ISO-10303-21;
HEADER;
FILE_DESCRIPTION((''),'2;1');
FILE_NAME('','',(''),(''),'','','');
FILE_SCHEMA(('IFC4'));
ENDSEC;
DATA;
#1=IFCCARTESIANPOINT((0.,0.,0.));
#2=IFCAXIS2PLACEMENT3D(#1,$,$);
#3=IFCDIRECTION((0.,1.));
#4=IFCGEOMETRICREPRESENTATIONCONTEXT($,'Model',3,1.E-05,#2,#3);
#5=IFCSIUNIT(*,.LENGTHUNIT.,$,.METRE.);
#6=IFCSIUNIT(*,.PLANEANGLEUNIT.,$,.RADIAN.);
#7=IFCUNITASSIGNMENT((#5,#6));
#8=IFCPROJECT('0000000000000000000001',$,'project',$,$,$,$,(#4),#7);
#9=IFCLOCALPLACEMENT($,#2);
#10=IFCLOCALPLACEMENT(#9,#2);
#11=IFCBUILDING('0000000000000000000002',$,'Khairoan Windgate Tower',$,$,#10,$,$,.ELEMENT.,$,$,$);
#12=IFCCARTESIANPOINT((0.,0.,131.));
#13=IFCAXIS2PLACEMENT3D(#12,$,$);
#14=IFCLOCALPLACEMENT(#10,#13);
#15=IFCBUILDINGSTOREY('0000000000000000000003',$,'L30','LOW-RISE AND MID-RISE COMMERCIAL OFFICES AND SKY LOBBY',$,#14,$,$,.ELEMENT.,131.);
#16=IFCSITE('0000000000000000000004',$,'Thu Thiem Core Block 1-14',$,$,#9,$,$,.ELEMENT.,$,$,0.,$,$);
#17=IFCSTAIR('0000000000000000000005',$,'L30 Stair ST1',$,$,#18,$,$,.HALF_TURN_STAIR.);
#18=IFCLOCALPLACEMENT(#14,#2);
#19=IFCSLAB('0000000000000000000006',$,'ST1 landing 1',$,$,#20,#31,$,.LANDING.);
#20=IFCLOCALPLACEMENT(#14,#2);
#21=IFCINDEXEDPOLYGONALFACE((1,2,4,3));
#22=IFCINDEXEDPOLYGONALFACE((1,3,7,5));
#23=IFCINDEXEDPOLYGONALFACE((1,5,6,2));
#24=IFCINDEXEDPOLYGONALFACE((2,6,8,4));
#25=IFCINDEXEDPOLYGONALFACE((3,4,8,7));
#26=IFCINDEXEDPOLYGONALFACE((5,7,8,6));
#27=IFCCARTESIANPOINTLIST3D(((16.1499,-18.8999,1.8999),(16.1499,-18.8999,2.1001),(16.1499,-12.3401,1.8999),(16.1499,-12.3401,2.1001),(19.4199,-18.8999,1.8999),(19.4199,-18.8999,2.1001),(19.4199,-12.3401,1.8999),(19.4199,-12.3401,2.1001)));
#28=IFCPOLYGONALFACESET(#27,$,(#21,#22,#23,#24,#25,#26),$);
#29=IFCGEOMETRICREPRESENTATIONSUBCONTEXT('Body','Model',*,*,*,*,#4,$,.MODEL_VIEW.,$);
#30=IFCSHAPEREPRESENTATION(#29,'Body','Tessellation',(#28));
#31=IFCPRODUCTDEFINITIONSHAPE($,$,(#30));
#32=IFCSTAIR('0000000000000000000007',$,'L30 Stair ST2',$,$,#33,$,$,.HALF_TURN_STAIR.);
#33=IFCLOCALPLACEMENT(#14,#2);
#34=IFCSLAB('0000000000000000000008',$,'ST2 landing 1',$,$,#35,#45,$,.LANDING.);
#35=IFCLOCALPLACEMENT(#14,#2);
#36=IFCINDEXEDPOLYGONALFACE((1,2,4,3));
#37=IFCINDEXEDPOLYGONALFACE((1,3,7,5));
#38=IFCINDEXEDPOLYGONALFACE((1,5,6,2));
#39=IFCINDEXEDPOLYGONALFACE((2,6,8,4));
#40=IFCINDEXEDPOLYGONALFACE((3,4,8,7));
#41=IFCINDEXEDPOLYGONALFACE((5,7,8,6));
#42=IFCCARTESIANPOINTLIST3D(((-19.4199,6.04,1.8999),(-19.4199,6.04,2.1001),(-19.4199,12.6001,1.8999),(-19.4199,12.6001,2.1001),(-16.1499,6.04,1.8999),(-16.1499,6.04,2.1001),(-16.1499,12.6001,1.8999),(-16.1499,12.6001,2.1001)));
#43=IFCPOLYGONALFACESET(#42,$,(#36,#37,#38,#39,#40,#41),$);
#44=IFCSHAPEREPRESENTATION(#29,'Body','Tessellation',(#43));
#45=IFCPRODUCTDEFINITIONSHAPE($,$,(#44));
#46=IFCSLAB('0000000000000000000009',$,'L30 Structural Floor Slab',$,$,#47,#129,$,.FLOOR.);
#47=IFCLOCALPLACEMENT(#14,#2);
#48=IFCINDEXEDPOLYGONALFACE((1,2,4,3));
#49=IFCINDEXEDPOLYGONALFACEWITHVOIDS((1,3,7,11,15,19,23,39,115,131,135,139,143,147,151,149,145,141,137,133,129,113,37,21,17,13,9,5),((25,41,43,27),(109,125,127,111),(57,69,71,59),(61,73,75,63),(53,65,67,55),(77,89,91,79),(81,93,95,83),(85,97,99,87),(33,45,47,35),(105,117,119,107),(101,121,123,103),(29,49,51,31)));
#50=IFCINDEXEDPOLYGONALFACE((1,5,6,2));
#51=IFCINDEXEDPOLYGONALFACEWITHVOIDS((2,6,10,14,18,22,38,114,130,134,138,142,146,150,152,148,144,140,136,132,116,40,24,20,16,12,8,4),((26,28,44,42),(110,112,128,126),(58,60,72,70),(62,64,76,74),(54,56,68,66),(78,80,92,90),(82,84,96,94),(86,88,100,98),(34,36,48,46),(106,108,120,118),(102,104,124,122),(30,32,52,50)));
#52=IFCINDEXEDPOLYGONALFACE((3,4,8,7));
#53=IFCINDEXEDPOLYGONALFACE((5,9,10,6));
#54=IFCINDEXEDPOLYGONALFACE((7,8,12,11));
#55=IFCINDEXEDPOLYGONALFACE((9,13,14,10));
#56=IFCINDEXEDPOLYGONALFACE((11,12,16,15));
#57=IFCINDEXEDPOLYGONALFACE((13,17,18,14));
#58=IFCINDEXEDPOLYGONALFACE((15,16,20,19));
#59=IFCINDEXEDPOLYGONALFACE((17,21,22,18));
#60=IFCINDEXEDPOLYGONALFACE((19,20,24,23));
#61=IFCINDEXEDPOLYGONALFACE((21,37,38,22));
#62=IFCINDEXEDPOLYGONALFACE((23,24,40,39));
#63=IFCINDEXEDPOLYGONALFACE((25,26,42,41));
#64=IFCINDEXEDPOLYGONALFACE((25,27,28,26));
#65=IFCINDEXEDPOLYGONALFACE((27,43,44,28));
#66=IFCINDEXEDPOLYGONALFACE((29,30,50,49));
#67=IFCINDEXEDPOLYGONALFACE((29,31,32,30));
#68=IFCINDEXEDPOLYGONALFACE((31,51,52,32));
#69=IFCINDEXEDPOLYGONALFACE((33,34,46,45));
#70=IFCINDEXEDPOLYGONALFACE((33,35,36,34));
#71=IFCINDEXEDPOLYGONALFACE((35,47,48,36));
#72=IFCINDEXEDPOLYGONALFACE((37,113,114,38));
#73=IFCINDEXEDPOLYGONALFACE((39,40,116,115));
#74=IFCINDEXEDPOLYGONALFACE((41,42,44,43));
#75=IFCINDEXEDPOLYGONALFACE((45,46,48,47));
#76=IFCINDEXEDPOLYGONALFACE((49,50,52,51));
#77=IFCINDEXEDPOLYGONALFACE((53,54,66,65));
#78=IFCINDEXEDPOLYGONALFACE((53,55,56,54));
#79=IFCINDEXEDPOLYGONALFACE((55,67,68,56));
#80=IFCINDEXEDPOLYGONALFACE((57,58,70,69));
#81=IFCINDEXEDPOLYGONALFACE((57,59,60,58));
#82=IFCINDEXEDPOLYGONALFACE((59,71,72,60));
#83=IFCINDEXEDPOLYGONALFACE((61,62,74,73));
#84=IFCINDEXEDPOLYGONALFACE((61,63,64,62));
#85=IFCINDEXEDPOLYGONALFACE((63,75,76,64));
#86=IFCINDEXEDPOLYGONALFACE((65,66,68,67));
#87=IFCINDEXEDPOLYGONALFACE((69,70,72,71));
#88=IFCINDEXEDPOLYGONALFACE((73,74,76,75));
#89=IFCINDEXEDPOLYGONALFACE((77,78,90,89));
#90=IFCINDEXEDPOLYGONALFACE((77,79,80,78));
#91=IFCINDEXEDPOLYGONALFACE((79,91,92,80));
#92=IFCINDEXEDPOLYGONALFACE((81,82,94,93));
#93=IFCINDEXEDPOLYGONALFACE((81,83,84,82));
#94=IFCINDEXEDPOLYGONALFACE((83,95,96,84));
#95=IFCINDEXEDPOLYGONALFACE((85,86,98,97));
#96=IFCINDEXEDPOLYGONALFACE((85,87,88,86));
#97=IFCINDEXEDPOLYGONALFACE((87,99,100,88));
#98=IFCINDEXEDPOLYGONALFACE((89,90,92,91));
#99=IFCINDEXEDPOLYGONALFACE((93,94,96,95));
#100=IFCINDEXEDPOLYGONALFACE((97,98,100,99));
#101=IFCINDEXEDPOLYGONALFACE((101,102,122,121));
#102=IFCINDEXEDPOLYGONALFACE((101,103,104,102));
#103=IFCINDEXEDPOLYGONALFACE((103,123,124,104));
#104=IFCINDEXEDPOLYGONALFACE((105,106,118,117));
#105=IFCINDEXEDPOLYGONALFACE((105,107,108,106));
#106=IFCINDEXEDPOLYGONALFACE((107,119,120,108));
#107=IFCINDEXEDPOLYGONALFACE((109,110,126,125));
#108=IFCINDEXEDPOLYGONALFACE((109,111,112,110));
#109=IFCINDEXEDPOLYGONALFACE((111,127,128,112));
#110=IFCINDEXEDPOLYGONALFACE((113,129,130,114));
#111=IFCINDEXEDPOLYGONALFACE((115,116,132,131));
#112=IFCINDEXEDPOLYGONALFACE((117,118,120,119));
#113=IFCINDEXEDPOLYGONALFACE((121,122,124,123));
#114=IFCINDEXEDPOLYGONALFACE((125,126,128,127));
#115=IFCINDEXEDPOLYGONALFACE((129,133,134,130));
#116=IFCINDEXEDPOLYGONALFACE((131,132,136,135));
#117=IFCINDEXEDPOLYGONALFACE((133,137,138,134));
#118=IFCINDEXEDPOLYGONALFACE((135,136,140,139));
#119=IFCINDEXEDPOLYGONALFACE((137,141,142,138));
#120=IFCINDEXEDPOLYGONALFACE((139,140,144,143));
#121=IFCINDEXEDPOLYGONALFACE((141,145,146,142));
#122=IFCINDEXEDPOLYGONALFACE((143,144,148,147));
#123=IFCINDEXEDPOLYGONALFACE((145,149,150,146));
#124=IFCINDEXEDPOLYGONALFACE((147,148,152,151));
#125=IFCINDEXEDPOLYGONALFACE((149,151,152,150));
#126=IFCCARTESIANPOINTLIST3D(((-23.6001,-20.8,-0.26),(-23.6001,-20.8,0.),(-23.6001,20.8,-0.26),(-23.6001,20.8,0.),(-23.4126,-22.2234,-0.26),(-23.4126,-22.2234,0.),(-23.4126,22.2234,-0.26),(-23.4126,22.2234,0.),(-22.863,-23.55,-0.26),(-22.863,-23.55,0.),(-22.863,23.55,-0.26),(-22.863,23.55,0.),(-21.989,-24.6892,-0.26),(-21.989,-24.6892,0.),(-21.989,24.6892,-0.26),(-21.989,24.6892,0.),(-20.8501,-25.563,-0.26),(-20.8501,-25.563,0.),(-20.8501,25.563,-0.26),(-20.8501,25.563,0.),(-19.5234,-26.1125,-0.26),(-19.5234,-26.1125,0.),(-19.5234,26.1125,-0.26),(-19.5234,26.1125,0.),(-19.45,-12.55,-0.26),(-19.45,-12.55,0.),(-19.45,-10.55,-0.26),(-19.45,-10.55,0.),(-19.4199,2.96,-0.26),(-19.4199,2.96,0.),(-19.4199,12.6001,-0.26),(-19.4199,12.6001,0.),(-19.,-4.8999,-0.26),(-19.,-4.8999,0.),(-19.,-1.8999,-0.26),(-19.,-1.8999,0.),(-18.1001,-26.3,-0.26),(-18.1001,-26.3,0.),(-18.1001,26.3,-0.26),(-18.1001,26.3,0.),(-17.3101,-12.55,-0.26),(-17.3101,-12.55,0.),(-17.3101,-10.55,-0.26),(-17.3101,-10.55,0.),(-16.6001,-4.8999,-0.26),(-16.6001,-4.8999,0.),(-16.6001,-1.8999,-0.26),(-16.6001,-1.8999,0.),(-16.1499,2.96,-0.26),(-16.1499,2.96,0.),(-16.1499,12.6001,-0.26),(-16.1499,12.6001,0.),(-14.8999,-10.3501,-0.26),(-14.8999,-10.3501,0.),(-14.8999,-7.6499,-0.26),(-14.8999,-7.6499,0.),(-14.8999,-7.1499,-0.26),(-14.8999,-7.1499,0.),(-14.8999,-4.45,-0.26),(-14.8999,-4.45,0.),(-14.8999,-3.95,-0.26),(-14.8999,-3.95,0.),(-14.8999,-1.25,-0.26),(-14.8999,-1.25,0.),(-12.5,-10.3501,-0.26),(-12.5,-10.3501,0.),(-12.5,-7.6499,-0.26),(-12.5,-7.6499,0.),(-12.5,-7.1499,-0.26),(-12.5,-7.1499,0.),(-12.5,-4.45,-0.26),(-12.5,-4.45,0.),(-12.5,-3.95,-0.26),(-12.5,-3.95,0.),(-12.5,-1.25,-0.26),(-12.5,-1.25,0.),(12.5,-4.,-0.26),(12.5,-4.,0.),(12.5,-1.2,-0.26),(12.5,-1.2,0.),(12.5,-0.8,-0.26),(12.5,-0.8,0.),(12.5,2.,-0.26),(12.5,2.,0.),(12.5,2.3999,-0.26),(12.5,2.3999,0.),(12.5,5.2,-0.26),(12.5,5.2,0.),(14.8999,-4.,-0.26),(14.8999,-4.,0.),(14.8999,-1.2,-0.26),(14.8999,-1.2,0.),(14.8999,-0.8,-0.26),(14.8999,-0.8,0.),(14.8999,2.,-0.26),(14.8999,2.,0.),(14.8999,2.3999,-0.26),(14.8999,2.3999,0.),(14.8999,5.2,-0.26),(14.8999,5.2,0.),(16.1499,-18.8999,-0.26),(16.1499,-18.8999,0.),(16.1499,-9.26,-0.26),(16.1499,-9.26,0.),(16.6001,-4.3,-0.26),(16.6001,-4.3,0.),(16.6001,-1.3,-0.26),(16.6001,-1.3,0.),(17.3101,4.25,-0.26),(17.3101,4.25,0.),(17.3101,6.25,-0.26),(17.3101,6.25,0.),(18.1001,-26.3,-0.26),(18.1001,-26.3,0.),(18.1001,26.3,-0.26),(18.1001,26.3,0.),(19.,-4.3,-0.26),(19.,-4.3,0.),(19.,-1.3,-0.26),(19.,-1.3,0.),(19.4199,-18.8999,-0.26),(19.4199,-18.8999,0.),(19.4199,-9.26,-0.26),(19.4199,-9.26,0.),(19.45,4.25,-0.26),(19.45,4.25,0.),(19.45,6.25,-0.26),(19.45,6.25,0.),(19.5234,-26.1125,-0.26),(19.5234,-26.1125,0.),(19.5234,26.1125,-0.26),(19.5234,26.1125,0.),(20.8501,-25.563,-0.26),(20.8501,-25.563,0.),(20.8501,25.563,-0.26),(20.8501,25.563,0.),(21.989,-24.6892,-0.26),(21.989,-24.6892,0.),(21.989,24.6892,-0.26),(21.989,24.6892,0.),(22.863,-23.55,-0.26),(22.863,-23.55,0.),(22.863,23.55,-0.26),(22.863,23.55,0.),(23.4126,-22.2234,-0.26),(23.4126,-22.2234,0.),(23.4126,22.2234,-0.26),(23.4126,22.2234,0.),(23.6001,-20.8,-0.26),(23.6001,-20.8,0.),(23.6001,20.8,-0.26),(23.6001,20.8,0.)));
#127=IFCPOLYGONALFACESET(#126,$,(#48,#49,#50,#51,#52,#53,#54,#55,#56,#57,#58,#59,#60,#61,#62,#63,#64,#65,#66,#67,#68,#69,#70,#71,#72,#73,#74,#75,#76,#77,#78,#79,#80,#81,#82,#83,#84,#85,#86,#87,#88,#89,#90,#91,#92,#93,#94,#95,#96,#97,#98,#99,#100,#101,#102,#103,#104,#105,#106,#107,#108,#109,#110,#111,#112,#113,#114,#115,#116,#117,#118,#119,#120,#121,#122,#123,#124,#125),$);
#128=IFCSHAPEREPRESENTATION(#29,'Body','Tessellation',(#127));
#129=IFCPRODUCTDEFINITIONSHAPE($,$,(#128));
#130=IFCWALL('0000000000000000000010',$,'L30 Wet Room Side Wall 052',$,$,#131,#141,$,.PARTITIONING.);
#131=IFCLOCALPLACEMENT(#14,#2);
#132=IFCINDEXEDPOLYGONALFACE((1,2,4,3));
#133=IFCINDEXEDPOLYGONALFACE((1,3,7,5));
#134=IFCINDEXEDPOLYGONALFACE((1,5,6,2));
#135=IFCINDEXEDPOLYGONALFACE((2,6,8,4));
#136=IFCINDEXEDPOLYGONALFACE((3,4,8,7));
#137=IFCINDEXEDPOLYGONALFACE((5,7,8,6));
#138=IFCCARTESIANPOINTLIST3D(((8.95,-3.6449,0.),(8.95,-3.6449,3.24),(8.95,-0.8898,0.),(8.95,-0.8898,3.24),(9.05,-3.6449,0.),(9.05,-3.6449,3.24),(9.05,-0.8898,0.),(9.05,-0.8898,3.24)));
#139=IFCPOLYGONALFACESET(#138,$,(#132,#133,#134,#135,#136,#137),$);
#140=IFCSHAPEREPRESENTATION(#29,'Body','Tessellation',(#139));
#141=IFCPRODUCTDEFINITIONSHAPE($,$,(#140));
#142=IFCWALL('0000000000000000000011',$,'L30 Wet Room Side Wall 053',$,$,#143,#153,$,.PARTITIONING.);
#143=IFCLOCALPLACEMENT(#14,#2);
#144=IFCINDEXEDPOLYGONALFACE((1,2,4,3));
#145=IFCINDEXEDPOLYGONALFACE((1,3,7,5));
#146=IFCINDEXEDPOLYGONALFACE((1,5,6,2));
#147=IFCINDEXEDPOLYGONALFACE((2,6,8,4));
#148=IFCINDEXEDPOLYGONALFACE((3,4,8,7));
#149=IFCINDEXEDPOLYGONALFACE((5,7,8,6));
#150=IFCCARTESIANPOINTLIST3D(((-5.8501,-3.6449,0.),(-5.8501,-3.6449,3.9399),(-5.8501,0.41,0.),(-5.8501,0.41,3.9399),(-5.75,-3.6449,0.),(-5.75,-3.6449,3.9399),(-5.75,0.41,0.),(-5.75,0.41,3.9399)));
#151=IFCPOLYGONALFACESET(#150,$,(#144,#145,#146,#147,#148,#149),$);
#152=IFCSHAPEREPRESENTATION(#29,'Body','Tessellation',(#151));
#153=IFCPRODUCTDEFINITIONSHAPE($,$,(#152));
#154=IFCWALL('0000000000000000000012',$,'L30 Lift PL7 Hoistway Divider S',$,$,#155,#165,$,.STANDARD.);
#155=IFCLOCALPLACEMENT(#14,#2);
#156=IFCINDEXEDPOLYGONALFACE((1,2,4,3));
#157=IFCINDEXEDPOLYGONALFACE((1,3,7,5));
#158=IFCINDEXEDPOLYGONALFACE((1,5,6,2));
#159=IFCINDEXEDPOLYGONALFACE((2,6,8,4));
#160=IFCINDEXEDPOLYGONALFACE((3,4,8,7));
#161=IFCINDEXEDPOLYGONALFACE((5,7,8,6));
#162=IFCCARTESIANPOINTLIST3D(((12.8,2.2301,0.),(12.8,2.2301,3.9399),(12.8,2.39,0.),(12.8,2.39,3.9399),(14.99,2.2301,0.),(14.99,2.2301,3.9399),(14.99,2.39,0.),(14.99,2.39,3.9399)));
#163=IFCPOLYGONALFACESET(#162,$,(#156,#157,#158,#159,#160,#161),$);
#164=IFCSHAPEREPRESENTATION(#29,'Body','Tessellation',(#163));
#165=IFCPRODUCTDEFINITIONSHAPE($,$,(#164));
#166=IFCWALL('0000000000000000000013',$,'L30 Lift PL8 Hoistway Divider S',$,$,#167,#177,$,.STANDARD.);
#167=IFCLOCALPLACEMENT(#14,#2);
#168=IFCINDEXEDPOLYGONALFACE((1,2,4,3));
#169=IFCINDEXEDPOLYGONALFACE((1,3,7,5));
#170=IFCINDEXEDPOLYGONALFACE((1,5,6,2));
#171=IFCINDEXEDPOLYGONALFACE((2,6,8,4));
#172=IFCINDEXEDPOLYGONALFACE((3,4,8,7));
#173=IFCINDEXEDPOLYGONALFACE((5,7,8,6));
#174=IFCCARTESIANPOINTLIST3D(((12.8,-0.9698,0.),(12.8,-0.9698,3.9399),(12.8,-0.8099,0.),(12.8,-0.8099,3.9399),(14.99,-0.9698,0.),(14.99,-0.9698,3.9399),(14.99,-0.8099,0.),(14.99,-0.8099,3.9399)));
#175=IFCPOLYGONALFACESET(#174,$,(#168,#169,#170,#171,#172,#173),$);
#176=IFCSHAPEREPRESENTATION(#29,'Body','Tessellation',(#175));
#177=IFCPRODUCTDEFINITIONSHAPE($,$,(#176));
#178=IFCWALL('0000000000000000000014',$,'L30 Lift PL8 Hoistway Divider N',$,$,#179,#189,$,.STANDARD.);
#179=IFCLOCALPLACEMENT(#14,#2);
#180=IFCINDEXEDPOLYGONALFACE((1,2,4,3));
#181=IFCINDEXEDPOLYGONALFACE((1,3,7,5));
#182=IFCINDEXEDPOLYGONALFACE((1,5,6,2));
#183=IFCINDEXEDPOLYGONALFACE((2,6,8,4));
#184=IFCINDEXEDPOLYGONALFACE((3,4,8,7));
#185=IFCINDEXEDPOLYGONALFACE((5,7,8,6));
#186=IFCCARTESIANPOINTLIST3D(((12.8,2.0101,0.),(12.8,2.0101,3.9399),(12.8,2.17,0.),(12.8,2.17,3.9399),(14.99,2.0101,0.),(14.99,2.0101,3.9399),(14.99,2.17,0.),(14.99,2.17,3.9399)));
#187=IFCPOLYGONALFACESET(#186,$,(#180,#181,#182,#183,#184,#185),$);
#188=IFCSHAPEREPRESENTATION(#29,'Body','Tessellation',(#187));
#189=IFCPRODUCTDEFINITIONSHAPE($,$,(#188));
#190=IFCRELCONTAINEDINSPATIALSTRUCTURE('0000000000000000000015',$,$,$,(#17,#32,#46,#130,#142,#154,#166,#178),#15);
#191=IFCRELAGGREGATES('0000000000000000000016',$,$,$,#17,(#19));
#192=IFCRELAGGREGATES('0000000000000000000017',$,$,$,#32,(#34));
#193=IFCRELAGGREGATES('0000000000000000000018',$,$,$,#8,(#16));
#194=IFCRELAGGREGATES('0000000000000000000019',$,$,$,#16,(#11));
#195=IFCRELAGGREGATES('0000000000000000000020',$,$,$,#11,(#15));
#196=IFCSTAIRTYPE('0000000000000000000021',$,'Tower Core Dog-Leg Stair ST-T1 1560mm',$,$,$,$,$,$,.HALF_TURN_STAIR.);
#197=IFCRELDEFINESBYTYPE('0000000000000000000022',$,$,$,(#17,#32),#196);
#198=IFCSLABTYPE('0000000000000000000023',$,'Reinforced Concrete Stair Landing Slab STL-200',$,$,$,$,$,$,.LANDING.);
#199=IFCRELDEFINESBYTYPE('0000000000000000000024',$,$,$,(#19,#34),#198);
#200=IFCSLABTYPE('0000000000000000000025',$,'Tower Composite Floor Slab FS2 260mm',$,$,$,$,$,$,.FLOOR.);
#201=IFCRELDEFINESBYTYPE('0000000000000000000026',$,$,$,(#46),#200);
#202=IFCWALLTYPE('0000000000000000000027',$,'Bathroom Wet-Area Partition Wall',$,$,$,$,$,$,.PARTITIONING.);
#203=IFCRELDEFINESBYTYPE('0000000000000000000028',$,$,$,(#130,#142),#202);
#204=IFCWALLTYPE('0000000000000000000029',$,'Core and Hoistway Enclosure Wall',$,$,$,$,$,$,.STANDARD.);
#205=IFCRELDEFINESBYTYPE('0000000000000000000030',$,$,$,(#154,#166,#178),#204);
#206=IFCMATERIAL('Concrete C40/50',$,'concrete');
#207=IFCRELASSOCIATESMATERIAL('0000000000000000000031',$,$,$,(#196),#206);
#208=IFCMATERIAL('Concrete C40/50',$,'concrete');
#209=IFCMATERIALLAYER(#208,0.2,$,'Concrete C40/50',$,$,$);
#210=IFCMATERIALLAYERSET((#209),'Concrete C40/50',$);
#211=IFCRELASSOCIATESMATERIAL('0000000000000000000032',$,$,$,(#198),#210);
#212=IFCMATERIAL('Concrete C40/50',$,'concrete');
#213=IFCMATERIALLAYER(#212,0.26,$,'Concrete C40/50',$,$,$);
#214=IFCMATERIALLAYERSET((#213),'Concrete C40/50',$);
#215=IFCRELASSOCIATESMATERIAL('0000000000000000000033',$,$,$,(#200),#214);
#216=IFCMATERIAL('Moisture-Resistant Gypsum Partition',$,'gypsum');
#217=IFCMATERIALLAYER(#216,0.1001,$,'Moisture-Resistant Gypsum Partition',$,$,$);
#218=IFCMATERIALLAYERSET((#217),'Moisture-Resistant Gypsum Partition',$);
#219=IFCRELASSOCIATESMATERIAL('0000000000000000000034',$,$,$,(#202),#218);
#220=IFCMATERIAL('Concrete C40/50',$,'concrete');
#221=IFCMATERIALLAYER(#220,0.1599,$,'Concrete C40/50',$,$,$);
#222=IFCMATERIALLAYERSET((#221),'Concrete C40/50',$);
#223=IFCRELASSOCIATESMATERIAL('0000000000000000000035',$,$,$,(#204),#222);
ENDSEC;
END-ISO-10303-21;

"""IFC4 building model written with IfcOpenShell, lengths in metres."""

from ifc_helpers import new_model, si_unit, direction, frame, frame_2d, origin, place, context, subcontext, project, spatial, polyline, rectangle, outline, extrude, material, layer, layer_set, type_object, element, aggregate, save


model = new_model("IFC4")

# Units and contexts
model_context = context("Model", 3, precision=1e-05, world=origin(), true_north=direction((0.0, 1.0)))
body_context = subcontext(model_context, "Body", "Model", "MODEL_VIEW")
ifc_project = project(units=[si_unit("LENGTHUNIT", "METRE"), si_unit("PLANEANGLEUNIT", "RADIAN")], contexts=[model_context])

# Site, building, storey
site_placement = place(None, origin())
site = spatial("IfcSite", under=ifc_project, at=site_placement, Name="Thu Thiem Core Block 1-14", CompositionType="ELEMENT", RefElevation=0.0)
building_placement = place(site_placement, origin())
building = spatial("IfcBuilding", under=site, at=building_placement, Name="Khairoan Windgate Tower", CompositionType="ELEMENT")
storey_placement = place(building_placement, frame((0.0, 0.0, 131.0)))
storey = spatial("IfcBuildingStorey", under=building, at=storey_placement, Name="L30", Description="LOW-RISE AND MID-RISE COMMERCIAL OFFICES AND SKY LOBBY", CompositionType="ELEMENT", Elevation=131.0)

# Stairs, slabs
ifc_material_1 = material(Name="Concrete C40/50", Category="concrete")
stair_type = type_object("IfcStairType", Name="Tower Core Dog-Leg Stair ST-T1 1560mm", PredefinedType="HALF_TURN_STAIR", material=ifc_material_1)
stair_1_placement = place(storey_placement, origin())
stair_1 = element("IfcStair", 1, at=stair_1_placement, inside=storey, type_object=stair_type, Name="L30 Stair ST1", PredefinedType="HALF_TURN_STAIR")
ifc_material_2 = material(Name="Concrete C40/50", Category="concrete")
ifc_layer_1 = layer(ifc_material_2, 0.2, Name="Concrete C40/50")
ifc_layer_set_1 = layer_set([ifc_layer_1], Name="Concrete C40/50")
slab_type_1 = type_object("IfcSlabType", Name="Reinforced Concrete Stair Landing Slab STL-200", PredefinedType="LANDING", material=ifc_layer_set_1)
slab_1_placement = place(storey_placement, frame((0.0, 0.0, 1.8999)))
slab_1 = element("IfcSlab", 2, at=slab_1_placement, type_object=slab_type_1, Name="ST1 landing 1", PredefinedType="LANDING", context=body_context, shape_type="SweptSolid", body=[
    extrude(outline(polyline([(16.1499, -12.3401), (16.1499, -18.8999), (19.4199, -18.8999), (19.4199, -12.3401), (16.1499, -12.3401)])), origin(), (0.0, 0.0, 1.0), 0.2002),
])
aggregate(stair_1, [slab_1])
stair_2_placement = place(storey_placement, origin())
stair_2 = element("IfcStair", 3, at=stair_2_placement, inside=storey, type_object=stair_type, Name="L30 Stair ST2", PredefinedType="HALF_TURN_STAIR")
slab_2_placement = place(storey_placement, frame((0.0, 0.0, 1.8999)))
slab_2 = element("IfcSlab", 4, at=slab_2_placement, type_object=slab_type_1, Name="ST2 landing 1", PredefinedType="LANDING", context=body_context, shape_type="SweptSolid", body=[
    extrude(outline(polyline([(-16.1499, 6.04), (-16.1499, 12.6001), (-19.4199, 12.6001), (-19.4199, 6.04), (-16.1499, 6.04)])), origin(), (0.0, 0.0, 1.0), 0.2002),
])
aggregate(stair_2, [slab_2])

# Slab
ifc_material_3 = material(Name="Concrete C40/50", Category="concrete")
ifc_layer_2 = layer(ifc_material_3, 0.26, Name="Concrete C40/50")
ifc_layer_set_2 = layer_set([ifc_layer_2], Name="Concrete C40/50")
slab_type_2 = type_object("IfcSlabType", Name="Tower Composite Floor Slab FS2 260mm", PredefinedType="FLOOR", material=ifc_layer_set_2)
slab_3_placement = place(storey_placement, frame((0.0, 0.0, -0.26)))
element("IfcSlab", 5, at=slab_3_placement, inside=storey, type_object=slab_type_2, Name="L30 Structural Floor Slab", PredefinedType="FLOOR", context=body_context, shape_type="SweptSolid", body=[
    extrude(outline(polyline([(18.1001, -26.3), (19.5234, -26.1125), (20.8501, -25.563), (21.989, -24.6892), (22.863, -23.55), (23.4126, -22.2234), (23.6001, -20.8), (23.6001, 20.8), (23.4126, 22.2234), (22.863, 23.55), (21.989, 24.6892), (20.8501, 25.563), (19.5234, 26.1125), (18.1001, 26.3), (-18.1001, 26.3), (-19.5234, 26.1125), (-20.8501, 25.563), (-21.989, 24.6892), (-22.863, 23.55), (-23.4126, 22.2234), (-23.6001, 20.8), (-23.6001, -20.8), (-23.4126, -22.2234), (-22.863, -23.55), (-21.989, -24.6892), (-20.8501, -25.563), (-19.5234, -26.1125), (-18.1001, -26.3), (18.1001, -26.3)]), holes=[polyline([(16.1499, -9.26), (16.1499, -18.8999), (19.4199, -18.8999), (19.4199, -9.26), (16.1499, -9.26)]), polyline([(-16.1499, 2.96), (-16.1499, 12.6001), (-19.4199, 12.6001), (-19.4199, 2.96), (-16.1499, 2.96)]), polyline([(-14.8999, -3.95), (-12.5, -3.95), (-12.5, -1.25), (-14.8999, -1.25), (-14.8999, -3.95)]), polyline([(-14.8999, -7.1499), (-12.5, -7.1499), (-12.5, -4.45), (-14.8999, -4.45), (-14.8999, -7.1499)]), polyline([(-14.8999, -10.3501), (-12.5, -10.3501), (-12.5, -7.6499), (-14.8999, -7.6499), (-14.8999, -10.3501)]), polyline([(12.5, 2.3999), (14.8999, 2.3999), (14.8999, 5.2), (12.5, 5.2), (12.5, 2.3999)]), polyline([(12.5, -0.8), (14.8999, -0.8), (14.8999, 2.0), (12.5, 2.0), (12.5, -0.8)]), polyline([(12.5, -4.0), (14.8999, -4.0), (14.8999, -1.2), (12.5, -1.2), (12.5, -4.0)]), polyline([(16.6001, -4.3), (19.0, -4.3), (19.0, -1.3), (16.6001, -1.3), (16.6001, -4.3)]), polyline([(-19.0, -4.8999), (-16.6001, -4.8999), (-16.6001, -1.8999), (-19.0, -1.8999), (-19.0, -4.8999)]), polyline([(-19.45, -12.55), (-17.3101, -12.55), (-17.3101, -10.55), (-19.45, -10.55), (-19.45, -12.55)]), polyline([(17.3101, 4.25), (19.45, 4.25), (19.45, 6.25), (17.3101, 6.25), (17.3101, 4.25)])]), origin(), (0.0, 0.0, 1.0), 0.26),
])

# Walls
ifc_material_4 = material(Name="Moisture-Resistant Gypsum Partition", Category="gypsum")
ifc_layer_3 = layer(ifc_material_4, 0.1001, Name="Moisture-Resistant Gypsum Partition")
ifc_layer_set_3 = layer_set([ifc_layer_3], Name="Moisture-Resistant Gypsum Partition")
wall_type_1 = type_object("IfcWallType", Name="Bathroom Wet-Area Partition Wall", PredefinedType="PARTITIONING", material=ifc_layer_set_3)
wall_1_placement = place(storey_placement, frame((9.0, -0.8899, 0.0), z_axis=(0.0, 0.0, 1.0), x_axis=(0.0, -1.0, 0.0)))
element("IfcWall", 6, at=wall_1_placement, inside=storey, type_object=wall_type_1, Name="L30 Wet Room Side Wall 052", PredefinedType="PARTITIONING", context=body_context, shape_type="SweptSolid", body=[
    extrude(rectangle(XDim=2.7551, YDim=0.1001, at=frame_2d((1.3774, 0.0))), origin(), (0.0, 0.0, 1.0), 3.24),
])
wall_2_placement = place(storey_placement, frame((-5.8, 0.4099, 0.0), z_axis=(0.0, 0.0, 1.0), x_axis=(0.0, -1.0, 0.0)))
element("IfcWall", 7, at=wall_2_placement, inside=storey, type_object=wall_type_1, Name="L30 Wet Room Side Wall 053", PredefinedType="PARTITIONING", context=body_context, shape_type="SweptSolid", body=[
    extrude(rectangle(XDim=4.0549, YDim=0.1001, at=frame_2d((2.0273, 0.0))), origin(), (0.0, 0.0, 1.0), 3.9399),
])
ifc_material_5 = material(Name="Concrete C40/50", Category="concrete")
ifc_layer_4 = layer(ifc_material_5, 0.1599, Name="Concrete C40/50")
ifc_layer_set_4 = layer_set([ifc_layer_4], Name="Concrete C40/50")
wall_type_2 = type_object("IfcWallType", Name="Core and Hoistway Enclosure Wall", PredefinedType="STANDARD", material=ifc_layer_set_4)
for number, where, z_axis, x_axis, name in (
    (8, (12.8, 2.3101, 0.0), (0.0, 0.0, 1.0), (1.0, 0.0, 0.0), "L30 Lift PL7 Hoistway Divider S"),
    (9, (12.8, -0.8899, 0.0), (0.0, 0.0, 1.0), (1.0, 0.0, 0.0), "L30 Lift PL8 Hoistway Divider S"),
    (10, (12.8, 2.0901, 0.0), (0.0, 0.0, 1.0), (1.0, 0.0, 0.0), "L30 Lift PL8 Hoistway Divider N"),
):
    element("IfcWall", number, at=place(storey_placement, frame(where, z_axis=z_axis, x_axis=x_axis)), inside=storey, type_object=wall_type_2, Name=name, PredefinedType="STANDARD", context=body_context, shape_type="SweptSolid", body=[
        extrude(rectangle(XDim=2.1899, YDim=0.1599, at=frame_2d((1.095, 0.0))), origin(), (0.0, 0.0, 1.0), 3.9399),
    ])

save(model, "model.ifc")
